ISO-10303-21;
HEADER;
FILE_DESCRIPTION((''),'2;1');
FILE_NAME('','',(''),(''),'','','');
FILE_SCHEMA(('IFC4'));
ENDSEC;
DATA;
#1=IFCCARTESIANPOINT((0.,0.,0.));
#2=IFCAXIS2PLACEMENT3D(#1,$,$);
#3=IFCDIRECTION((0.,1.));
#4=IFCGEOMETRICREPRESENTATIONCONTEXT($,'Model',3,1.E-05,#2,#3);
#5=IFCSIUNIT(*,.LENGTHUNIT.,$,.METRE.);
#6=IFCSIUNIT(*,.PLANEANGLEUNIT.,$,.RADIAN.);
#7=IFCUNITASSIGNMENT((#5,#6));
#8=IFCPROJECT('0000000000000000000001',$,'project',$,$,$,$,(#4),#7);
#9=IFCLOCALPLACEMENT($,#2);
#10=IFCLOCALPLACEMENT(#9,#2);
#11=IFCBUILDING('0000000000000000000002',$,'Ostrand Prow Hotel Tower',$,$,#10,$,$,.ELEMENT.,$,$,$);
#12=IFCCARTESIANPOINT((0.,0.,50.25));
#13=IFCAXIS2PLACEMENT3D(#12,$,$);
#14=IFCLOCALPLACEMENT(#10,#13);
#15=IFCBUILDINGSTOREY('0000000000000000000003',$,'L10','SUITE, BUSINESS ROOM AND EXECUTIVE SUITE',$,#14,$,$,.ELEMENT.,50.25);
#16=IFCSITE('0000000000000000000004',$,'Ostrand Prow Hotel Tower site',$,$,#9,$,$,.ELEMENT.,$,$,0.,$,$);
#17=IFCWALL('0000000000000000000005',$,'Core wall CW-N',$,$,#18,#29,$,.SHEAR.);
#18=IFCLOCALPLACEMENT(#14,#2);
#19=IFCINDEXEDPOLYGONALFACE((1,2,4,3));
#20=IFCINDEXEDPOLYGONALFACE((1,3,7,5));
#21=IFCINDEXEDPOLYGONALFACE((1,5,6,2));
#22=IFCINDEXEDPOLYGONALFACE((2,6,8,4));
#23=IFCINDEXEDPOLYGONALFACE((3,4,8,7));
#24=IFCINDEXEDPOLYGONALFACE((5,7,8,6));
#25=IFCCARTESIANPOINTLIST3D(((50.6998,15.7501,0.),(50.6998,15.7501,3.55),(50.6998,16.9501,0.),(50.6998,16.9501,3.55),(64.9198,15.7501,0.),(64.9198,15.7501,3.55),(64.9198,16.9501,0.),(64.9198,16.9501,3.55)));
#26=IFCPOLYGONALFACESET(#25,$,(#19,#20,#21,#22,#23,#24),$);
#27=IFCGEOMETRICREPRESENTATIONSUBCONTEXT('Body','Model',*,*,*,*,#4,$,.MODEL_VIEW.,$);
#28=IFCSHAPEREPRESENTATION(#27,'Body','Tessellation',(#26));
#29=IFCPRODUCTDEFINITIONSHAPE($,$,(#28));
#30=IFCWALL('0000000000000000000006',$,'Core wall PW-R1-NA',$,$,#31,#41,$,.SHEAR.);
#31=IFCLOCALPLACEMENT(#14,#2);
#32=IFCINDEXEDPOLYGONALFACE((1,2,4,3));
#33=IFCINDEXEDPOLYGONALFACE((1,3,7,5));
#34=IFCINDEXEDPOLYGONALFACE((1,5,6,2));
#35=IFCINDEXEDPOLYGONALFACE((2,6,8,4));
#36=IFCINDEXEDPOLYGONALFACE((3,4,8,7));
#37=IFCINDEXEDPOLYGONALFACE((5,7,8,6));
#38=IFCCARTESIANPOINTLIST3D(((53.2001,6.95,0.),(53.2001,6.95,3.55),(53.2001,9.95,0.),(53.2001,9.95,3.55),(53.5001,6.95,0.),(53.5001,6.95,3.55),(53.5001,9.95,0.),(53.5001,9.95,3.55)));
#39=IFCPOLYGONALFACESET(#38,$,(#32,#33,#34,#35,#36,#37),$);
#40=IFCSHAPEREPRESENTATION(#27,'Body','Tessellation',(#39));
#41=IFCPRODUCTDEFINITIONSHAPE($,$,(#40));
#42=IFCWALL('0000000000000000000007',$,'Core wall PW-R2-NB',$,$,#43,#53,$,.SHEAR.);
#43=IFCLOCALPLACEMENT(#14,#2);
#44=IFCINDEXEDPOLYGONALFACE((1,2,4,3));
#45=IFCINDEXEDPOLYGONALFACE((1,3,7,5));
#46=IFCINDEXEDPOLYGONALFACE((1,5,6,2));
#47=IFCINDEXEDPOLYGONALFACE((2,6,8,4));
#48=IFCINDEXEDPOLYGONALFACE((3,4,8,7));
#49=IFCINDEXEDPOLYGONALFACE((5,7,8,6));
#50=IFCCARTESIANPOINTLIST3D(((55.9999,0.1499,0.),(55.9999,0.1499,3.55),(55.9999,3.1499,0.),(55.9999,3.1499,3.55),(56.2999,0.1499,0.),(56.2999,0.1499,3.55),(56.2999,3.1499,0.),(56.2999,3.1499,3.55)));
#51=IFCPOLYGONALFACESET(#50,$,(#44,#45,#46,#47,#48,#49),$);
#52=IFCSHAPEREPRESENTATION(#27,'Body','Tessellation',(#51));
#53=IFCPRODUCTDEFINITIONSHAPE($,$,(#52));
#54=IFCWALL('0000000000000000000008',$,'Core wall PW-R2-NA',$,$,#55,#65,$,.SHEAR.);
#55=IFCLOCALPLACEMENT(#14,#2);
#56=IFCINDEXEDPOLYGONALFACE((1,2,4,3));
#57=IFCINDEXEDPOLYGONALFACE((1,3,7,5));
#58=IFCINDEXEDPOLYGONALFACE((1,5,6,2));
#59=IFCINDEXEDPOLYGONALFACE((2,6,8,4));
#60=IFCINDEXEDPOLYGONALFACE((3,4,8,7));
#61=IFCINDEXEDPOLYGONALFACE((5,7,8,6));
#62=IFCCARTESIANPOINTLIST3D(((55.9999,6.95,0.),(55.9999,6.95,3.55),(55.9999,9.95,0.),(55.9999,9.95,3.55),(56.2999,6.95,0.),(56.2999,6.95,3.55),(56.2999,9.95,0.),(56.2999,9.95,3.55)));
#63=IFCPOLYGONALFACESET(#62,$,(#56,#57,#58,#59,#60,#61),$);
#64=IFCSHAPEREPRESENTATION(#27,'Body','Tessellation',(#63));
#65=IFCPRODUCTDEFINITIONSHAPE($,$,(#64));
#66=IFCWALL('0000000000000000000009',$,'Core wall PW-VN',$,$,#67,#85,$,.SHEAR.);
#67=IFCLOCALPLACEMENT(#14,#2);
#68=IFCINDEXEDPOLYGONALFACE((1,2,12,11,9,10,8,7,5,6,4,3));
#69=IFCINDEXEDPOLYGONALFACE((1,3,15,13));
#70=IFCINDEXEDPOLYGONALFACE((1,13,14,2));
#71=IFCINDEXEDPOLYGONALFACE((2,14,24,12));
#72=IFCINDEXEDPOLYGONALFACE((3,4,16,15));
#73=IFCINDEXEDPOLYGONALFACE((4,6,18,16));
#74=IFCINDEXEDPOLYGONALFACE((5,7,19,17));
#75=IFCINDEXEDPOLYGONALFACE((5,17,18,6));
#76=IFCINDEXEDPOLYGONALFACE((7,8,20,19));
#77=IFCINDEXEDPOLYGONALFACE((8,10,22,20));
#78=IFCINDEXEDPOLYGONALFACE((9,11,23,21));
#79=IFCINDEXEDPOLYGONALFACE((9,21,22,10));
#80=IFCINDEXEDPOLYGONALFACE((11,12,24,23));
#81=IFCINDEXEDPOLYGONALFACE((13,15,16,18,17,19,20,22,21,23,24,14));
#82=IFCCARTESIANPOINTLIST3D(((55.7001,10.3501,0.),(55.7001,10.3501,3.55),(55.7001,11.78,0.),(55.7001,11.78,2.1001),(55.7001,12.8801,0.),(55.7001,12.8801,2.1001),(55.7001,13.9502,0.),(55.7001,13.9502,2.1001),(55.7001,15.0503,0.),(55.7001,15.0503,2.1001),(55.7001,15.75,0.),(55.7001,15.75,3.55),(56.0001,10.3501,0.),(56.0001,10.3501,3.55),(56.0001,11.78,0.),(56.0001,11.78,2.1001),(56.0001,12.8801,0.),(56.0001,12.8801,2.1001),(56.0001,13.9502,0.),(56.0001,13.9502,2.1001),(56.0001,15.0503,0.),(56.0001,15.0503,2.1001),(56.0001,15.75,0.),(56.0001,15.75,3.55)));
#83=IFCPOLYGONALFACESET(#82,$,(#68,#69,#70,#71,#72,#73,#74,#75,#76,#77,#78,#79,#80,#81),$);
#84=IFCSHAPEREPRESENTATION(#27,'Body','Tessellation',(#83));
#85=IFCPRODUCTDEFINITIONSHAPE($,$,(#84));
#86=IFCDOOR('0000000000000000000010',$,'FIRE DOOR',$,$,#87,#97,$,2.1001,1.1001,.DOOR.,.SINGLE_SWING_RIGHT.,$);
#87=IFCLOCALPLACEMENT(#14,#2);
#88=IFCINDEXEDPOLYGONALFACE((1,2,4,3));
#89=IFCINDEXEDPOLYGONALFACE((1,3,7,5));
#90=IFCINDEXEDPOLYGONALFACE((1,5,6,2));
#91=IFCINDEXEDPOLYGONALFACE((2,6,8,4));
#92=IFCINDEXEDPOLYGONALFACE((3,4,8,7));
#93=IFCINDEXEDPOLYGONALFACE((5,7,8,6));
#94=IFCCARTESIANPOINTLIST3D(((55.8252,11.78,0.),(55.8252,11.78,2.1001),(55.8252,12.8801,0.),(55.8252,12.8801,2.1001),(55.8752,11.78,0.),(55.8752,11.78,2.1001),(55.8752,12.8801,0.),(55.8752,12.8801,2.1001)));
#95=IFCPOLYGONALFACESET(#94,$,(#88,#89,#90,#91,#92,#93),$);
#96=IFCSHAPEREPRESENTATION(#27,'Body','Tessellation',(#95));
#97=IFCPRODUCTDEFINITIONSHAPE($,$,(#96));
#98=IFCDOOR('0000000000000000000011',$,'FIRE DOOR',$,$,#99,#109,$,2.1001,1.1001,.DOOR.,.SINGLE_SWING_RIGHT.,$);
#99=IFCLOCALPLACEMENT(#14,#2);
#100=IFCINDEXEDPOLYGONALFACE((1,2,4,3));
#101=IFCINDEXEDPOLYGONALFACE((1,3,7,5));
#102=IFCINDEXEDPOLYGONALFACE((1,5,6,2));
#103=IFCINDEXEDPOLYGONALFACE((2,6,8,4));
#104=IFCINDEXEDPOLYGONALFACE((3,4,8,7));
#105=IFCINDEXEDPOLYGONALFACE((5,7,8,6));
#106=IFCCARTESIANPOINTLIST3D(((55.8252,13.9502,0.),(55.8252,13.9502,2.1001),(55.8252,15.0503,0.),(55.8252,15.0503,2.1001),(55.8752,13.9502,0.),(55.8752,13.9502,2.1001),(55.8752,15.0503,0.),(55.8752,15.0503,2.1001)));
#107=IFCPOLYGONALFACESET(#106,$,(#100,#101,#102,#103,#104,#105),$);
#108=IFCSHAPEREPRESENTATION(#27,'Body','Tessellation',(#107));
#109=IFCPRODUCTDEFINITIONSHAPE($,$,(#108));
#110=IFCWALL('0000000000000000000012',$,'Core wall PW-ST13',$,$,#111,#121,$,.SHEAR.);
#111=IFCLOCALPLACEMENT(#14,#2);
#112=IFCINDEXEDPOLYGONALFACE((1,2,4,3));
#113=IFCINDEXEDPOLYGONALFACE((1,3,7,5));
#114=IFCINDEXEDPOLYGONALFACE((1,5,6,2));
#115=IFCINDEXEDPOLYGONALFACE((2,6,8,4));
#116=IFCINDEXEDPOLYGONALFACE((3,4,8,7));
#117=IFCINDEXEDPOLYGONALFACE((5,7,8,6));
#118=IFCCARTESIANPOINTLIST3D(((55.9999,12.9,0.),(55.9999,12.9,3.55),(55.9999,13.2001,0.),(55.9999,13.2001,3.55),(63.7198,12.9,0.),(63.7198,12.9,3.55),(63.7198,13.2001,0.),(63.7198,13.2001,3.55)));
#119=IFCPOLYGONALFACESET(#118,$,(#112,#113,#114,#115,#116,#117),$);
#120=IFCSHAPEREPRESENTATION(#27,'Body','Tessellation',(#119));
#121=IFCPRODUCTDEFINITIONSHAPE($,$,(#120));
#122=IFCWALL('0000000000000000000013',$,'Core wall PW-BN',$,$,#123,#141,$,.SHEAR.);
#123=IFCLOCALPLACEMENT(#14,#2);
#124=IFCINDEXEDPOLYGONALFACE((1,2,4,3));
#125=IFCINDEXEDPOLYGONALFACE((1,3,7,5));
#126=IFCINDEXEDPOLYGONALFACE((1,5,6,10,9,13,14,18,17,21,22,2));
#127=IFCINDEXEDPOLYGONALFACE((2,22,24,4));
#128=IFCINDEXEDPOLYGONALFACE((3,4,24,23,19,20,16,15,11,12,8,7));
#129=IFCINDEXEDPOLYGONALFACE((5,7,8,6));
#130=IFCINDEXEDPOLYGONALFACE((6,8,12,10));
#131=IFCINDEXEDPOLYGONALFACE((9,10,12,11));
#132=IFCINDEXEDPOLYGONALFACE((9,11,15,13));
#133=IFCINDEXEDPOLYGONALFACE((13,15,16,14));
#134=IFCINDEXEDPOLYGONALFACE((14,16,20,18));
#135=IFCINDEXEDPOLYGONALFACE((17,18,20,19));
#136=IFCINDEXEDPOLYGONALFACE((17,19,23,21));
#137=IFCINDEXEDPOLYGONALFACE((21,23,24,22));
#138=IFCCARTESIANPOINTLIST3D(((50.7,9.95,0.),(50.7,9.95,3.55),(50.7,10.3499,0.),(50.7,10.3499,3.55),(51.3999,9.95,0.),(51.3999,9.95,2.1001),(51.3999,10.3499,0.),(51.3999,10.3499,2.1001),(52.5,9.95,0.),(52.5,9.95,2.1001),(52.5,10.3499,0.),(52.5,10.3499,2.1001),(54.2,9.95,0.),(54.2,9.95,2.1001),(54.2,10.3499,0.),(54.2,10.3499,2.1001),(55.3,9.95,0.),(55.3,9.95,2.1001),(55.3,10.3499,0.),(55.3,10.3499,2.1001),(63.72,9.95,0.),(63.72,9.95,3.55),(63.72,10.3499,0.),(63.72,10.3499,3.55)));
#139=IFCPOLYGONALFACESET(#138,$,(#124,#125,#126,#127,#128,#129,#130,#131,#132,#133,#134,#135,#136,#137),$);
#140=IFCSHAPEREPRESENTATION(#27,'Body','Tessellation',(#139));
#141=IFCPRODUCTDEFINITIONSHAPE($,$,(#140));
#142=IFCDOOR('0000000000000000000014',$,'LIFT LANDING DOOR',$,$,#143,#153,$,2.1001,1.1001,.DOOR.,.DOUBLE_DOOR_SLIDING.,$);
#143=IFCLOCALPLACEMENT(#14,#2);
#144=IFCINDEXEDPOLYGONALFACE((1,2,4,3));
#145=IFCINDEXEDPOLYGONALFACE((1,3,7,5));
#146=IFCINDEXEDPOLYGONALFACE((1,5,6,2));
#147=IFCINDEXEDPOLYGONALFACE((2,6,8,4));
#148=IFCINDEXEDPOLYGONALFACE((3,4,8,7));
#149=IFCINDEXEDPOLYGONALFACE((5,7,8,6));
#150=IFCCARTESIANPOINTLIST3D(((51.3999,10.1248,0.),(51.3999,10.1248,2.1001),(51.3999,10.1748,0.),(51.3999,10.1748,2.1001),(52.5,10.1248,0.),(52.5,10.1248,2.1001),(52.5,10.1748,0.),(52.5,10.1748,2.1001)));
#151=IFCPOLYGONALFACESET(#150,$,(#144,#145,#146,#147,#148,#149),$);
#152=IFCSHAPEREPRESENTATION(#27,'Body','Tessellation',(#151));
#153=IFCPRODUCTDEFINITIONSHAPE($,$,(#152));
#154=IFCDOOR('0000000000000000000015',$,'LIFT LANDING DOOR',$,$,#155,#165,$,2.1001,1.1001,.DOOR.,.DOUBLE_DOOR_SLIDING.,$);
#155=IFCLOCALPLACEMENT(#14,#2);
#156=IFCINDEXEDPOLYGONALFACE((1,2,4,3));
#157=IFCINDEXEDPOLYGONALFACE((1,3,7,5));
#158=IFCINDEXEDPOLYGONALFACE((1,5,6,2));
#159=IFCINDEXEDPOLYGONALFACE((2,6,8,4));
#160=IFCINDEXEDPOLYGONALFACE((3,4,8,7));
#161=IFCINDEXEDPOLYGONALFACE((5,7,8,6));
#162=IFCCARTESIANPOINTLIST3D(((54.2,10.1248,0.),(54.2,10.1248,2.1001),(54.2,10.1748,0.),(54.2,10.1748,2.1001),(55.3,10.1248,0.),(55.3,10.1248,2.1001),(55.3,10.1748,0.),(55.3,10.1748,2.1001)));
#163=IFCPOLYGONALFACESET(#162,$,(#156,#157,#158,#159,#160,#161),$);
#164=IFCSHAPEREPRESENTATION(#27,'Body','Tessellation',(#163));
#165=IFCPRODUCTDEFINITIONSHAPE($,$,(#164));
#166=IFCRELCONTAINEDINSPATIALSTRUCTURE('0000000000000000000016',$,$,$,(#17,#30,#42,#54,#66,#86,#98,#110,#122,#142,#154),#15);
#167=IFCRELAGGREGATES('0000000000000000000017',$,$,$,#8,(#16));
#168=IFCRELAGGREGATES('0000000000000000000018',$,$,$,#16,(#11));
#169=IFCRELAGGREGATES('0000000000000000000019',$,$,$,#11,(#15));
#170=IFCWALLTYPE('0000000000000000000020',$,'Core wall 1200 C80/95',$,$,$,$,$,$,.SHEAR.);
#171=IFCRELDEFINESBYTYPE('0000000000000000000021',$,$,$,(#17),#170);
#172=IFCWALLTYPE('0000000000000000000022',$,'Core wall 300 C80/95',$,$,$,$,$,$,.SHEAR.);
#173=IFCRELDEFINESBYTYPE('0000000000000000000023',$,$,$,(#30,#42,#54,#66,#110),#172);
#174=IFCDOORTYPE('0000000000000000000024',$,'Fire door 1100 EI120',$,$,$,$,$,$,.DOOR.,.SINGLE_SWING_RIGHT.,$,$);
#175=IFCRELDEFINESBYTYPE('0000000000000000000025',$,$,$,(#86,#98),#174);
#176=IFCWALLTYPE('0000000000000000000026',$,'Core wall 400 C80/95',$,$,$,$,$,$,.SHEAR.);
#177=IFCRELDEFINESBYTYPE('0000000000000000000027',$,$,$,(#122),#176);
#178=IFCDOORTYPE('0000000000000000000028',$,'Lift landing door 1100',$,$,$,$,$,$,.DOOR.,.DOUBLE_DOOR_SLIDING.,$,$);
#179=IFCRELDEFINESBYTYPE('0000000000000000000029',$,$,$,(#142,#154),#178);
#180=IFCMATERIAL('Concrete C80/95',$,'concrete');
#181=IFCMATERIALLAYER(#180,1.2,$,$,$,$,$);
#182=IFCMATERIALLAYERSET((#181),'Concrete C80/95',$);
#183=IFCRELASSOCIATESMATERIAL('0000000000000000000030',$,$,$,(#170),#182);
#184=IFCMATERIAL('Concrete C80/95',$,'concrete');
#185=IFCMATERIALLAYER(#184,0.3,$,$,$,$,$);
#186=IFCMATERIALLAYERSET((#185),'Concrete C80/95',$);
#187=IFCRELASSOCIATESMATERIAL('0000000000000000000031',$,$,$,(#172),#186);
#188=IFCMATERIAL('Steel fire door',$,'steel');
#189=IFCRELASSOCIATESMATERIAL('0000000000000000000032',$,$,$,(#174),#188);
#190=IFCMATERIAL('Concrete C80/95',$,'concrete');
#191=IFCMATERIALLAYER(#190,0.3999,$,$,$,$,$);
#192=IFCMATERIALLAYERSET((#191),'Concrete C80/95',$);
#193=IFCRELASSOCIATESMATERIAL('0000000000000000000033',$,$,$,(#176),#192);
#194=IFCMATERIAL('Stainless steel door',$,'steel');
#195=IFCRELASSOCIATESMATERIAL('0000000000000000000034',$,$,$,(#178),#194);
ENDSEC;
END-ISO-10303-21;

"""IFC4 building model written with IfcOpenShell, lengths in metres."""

from ifc_helpers import new_model, si_unit, direction, frame, frame_2d, origin, place, context, subcontext, project, spatial, rectangle, extrude, material, layer, layer_set, type_object, element, fill, save


model = new_model("IFC4")

# Units and contexts
model_context = context("Model", 3, precision=1e-05, world=origin(), true_north=direction((0.0, 1.0)))
body_context = subcontext(model_context, "Body", "Model", "MODEL_VIEW")
ifc_project = project(units=[si_unit("LENGTHUNIT", "METRE"), si_unit("PLANEANGLEUNIT", "RADIAN")], contexts=[model_context])

# Site, building, storey
site_placement = place(None, origin())
site = spatial("IfcSite", under=ifc_project, at=site_placement, Name="Ostrand Prow Hotel Tower site", CompositionType="ELEMENT", RefElevation=0.0)
building_placement = place(site_placement, origin())
building = spatial("IfcBuilding", under=site, at=building_placement, Name="Ostrand Prow Hotel Tower", CompositionType="ELEMENT")
storey_placement = place(building_placement, frame((0.0, 0.0, 50.25)))
storey = spatial("IfcBuildingStorey", under=building, at=storey_placement, Name="L10", Description="SUITE, BUSINESS ROOM AND EXECUTIVE SUITE", CompositionType="ELEMENT", Elevation=50.25)

# Walls
ifc_material_1 = material(Name="Concrete C80/95", Category="concrete")
ifc_layer_1 = layer(ifc_material_1, 1.2)
ifc_layer_set_1 = layer_set([ifc_layer_1], Name="Concrete C80/95")
wall_type_1 = type_object("IfcWallType", Name="Core wall 1200 C80/95", PredefinedType="SHEAR", material=ifc_layer_set_1)
wall_1_placement = place(storey_placement, frame((50.7, 16.3501, 0.0), z_axis=(0.0, 0.0, 1.0), x_axis=(1.0, 0.0, 0.0)))
element("IfcWall", 1, at=wall_1_placement, inside=storey, type_object=wall_type_1, Name="Core wall CW-N", PredefinedType="SHEAR", context=body_context, shape_type="SweptSolid", body=[
    extrude(rectangle(XDim=14.22, YDim=1.2, at=frame_2d((7.1099, 0.0))), origin(), (0.0, 0.0, 1.0), 3.55),
])
ifc_material_2 = material(Name="Concrete C80/95", Category="concrete")
ifc_layer_2 = layer(ifc_material_2, 0.3)
ifc_layer_set_2 = layer_set([ifc_layer_2], Name="Concrete C80/95")
wall_type_2 = type_object("IfcWallType", Name="Core wall 300 C80/95", PredefinedType="SHEAR", material=ifc_layer_set_2)
for number, where, z_axis, x_axis, name in (
    (2, (53.3501, 6.95, 0.0), (0.0, 0.0, 1.0), (0.0, 1.0, 0.0), "Core wall PW-R1-NA"),
    (3, (56.1499, 0.1499, 0.0), (0.0, 0.0, 1.0), (0.0, 1.0, 0.0), "Core wall PW-R2-NB"),
    (4, (56.1499, 6.95, 0.0), (0.0, 0.0, 1.0), (0.0, 1.0, 0.0), "Core wall PW-R2-NA"),
):
    element("IfcWall", number, at=place(storey_placement, frame(where, z_axis=z_axis, x_axis=x_axis)), inside=storey, type_object=wall_type_2, Name=name, PredefinedType="SHEAR", context=body_context, shape_type="SweptSolid", body=[
        extrude(rectangle(XDim=3.0, YDim=0.3, at=frame_2d((1.5, 0.0))), origin(), (0.0, 0.0, 1.0), 3.55),
    ])

# Wall, openings, doors
wall_2_placement = place(storey_placement, frame((55.8501, 10.3501, 0.0), z_axis=(0.0, 0.0, 1.0), x_axis=(0.0, 1.0, 0.0)))
wall_2 = element("IfcWall", 5, at=wall_2_placement, inside=storey, type_object=wall_type_2, Name="Core wall PW-VN", PredefinedType="SHEAR", context=body_context, shape_type="SweptSolid", body=[
    extrude(rectangle(XDim=5.3999, YDim=0.3, at=frame_2d((2.7, 0.0))), origin(), (0.0, 0.0, 1.0), 3.55),
])
opening_1_placement = place(wall_2_placement, frame((1.4299, 0.0, 0.0)))
opening_1 = element("IfcOpeningElement", 6, at=opening_1_placement, cuts=wall_2, PredefinedType="OPENING", context=body_context, shape_type="SweptSolid", body=[
    extrude(rectangle(XDim=1.1001, YDim=2.1001, at=frame_2d((0.55, 1.05))), frame((0.0, 0.1599, 0.0), z_axis=(0.0, -1.0, 0.0), x_axis=(1.0, 0.0, 0.0)), (0.0, 0.0, 1.0), 0.3201),
])
opening_2_placement = place(wall_2_placement, frame((3.6001, 0.0, 0.0)))
opening_2 = element("IfcOpeningElement", 7, at=opening_2_placement, cuts=wall_2, PredefinedType="OPENING", context=body_context, shape_type="SweptSolid", body=[
    extrude(rectangle(XDim=1.1001, YDim=2.1001, at=frame_2d((0.55, 1.05))), frame((0.0, 0.1599, 0.0), z_axis=(0.0, -1.0, 0.0), x_axis=(1.0, 0.0, 0.0)), (0.0, 0.0, 1.0), 0.3201),
])
ifc_material_3 = material(Name="Steel fire door", Category="steel")
door_type_1 = type_object("IfcDoorType", Name="Fire door 1100 EI120", OperationType="SINGLE_SWING_RIGHT", PredefinedType="DOOR", material=ifc_material_3)
door_1_placement = place(opening_1_placement, origin())
door_1 = element("IfcDoor", 8, at=door_1_placement, inside=storey, type_object=door_type_1, Name="FIRE DOOR", OperationType="SINGLE_SWING_RIGHT", OverallHeight=2.1001, OverallWidth=1.1001, PredefinedType="DOOR", context=body_context, shape_type="SweptSolid", body=[
    extrude(rectangle(XDim=1.1001, YDim=2.1001, at=frame_2d((0.55, 1.05))), frame((0.0, 0.0249, 0.0), z_axis=(0.0, -1.0, 0.0), x_axis=(1.0, 0.0, 0.0)), (0.0, 0.0, 1.0), 0.05),
])
fill(opening_1, door_1)
door_2_placement = place(opening_2_placement, origin())
door_2 = element("IfcDoor", 9, at=door_2_placement, inside=storey, type_object=door_type_1, Name="FIRE DOOR", OperationType="SINGLE_SWING_RIGHT", OverallHeight=2.1001, OverallWidth=1.1001, PredefinedType="DOOR", context=body_context, shape_type="SweptSolid", body=[
    extrude(rectangle(XDim=1.1001, YDim=2.1001, at=frame_2d((0.55, 1.05))), frame((0.0, 0.0249, 0.0), z_axis=(0.0, -1.0, 0.0), x_axis=(1.0, 0.0, 0.0)), (0.0, 0.0, 1.0), 0.05),
])
fill(opening_2, door_2)

# Wall
wall_3_placement = place(storey_placement, frame((56.0, 13.05, 0.0), z_axis=(0.0, 0.0, 1.0), x_axis=(1.0, 0.0, 0.0)))
element("IfcWall", 10, at=wall_3_placement, inside=storey, type_object=wall_type_2, Name="Core wall PW-ST13", PredefinedType="SHEAR", context=body_context, shape_type="SweptSolid", body=[
    extrude(rectangle(XDim=7.72, YDim=0.3, at=frame_2d((3.8599, 0.0))), origin(), (0.0, 0.0, 1.0), 3.55),
])

# Wall, openings, doors
ifc_material_4 = material(Name="Concrete C80/95", Category="concrete")
ifc_layer_3 = layer(ifc_material_4, 0.3999)
ifc_layer_set_3 = layer_set([ifc_layer_3], Name="Concrete C80/95")
wall_type_3 = type_object("IfcWallType", Name="Core wall 400 C80/95", PredefinedType="SHEAR", material=ifc_layer_set_3)
wall_4_placement = place(storey_placement, frame((50.7, 10.1499, 0.0), z_axis=(0.0, 0.0, 1.0), x_axis=(1.0, 0.0, 0.0)))
wall_4 = element("IfcWall", 11, at=wall_4_placement, inside=storey, type_object=wall_type_3, Name="Core wall PW-BN", PredefinedType="SHEAR", context=body_context, shape_type="SweptSolid", body=[
    extrude(rectangle(XDim=13.02, YDim=0.3999, at=frame_2d((6.51, 0.0))), origin(), (0.0, 0.0, 1.0), 3.55),
])
opening_3_placement = place(wall_4_placement, frame((0.7, 0.0, 0.0)))
opening_3 = element("IfcOpeningElement", 12, at=opening_3_placement, cuts=wall_4, PredefinedType="OPENING", context=body_context, shape_type="SweptSolid", body=[
    extrude(rectangle(XDim=1.1001, YDim=2.1001, at=frame_2d((0.55, 1.05))), frame((0.0, 0.21, 0.0), z_axis=(0.0, -1.0, 0.0), x_axis=(1.0, 0.0, 0.0)), (0.0, 0.0, 1.0), 0.4199),
])
opening_4_placement = place(wall_4_placement, frame((3.5, 0.0, 0.0)))
opening_4 = element("IfcOpeningElement", 13, at=opening_4_placement, cuts=wall_4, PredefinedType="OPENING", context=body_context, shape_type="SweptSolid", body=[
    extrude(rectangle(XDim=1.1001, YDim=2.1001, at=frame_2d((0.55, 1.05))), frame((0.0, 0.21, 0.0), z_axis=(0.0, -1.0, 0.0), x_axis=(1.0, 0.0, 0.0)), (0.0, 0.0, 1.0), 0.4199),
])
ifc_material_5 = material(Name="Stainless steel door", Category="steel")
door_type_2 = type_object("IfcDoorType", Name="Lift landing door 1100", OperationType="DOUBLE_DOOR_SLIDING", PredefinedType="DOOR", material=ifc_material_5)
door_3_placement = place(opening_3_placement, origin())
door_3 = element("IfcDoor", 14, at=door_3_placement, inside=storey, type_object=door_type_2, Name="LIFT LANDING DOOR", OperationType="DOUBLE_DOOR_SLIDING", OverallHeight=2.1001, OverallWidth=1.1001, PredefinedType="DOOR", context=body_context, shape_type="SweptSolid", body=[
    extrude(rectangle(XDim=1.1001, YDim=2.1001, at=frame_2d((0.55, 1.05))), frame((0.0, 0.0249, 0.0), z_axis=(0.0, -1.0, 0.0), x_axis=(1.0, 0.0, 0.0)), (0.0, 0.0, 1.0), 0.05),
])
fill(opening_3, door_3)
door_4_placement = place(opening_4_placement, origin())
door_4 = element("IfcDoor", 15, at=door_4_placement, inside=storey, type_object=door_type_2, Name="LIFT LANDING DOOR", OperationType="DOUBLE_DOOR_SLIDING", OverallHeight=2.1001, OverallWidth=1.1001, PredefinedType="DOOR", context=body_context, shape_type="SweptSolid", body=[
    extrude(rectangle(XDim=1.1001, YDim=2.1001, at=frame_2d((0.55, 1.05))), frame((0.0, 0.0249, 0.0), z_axis=(0.0, -1.0, 0.0), x_axis=(1.0, 0.0, 0.0)), (0.0, 0.0, 1.0), 0.05),
])
fill(opening_4, door_4)

save(model, "model.ifc")
